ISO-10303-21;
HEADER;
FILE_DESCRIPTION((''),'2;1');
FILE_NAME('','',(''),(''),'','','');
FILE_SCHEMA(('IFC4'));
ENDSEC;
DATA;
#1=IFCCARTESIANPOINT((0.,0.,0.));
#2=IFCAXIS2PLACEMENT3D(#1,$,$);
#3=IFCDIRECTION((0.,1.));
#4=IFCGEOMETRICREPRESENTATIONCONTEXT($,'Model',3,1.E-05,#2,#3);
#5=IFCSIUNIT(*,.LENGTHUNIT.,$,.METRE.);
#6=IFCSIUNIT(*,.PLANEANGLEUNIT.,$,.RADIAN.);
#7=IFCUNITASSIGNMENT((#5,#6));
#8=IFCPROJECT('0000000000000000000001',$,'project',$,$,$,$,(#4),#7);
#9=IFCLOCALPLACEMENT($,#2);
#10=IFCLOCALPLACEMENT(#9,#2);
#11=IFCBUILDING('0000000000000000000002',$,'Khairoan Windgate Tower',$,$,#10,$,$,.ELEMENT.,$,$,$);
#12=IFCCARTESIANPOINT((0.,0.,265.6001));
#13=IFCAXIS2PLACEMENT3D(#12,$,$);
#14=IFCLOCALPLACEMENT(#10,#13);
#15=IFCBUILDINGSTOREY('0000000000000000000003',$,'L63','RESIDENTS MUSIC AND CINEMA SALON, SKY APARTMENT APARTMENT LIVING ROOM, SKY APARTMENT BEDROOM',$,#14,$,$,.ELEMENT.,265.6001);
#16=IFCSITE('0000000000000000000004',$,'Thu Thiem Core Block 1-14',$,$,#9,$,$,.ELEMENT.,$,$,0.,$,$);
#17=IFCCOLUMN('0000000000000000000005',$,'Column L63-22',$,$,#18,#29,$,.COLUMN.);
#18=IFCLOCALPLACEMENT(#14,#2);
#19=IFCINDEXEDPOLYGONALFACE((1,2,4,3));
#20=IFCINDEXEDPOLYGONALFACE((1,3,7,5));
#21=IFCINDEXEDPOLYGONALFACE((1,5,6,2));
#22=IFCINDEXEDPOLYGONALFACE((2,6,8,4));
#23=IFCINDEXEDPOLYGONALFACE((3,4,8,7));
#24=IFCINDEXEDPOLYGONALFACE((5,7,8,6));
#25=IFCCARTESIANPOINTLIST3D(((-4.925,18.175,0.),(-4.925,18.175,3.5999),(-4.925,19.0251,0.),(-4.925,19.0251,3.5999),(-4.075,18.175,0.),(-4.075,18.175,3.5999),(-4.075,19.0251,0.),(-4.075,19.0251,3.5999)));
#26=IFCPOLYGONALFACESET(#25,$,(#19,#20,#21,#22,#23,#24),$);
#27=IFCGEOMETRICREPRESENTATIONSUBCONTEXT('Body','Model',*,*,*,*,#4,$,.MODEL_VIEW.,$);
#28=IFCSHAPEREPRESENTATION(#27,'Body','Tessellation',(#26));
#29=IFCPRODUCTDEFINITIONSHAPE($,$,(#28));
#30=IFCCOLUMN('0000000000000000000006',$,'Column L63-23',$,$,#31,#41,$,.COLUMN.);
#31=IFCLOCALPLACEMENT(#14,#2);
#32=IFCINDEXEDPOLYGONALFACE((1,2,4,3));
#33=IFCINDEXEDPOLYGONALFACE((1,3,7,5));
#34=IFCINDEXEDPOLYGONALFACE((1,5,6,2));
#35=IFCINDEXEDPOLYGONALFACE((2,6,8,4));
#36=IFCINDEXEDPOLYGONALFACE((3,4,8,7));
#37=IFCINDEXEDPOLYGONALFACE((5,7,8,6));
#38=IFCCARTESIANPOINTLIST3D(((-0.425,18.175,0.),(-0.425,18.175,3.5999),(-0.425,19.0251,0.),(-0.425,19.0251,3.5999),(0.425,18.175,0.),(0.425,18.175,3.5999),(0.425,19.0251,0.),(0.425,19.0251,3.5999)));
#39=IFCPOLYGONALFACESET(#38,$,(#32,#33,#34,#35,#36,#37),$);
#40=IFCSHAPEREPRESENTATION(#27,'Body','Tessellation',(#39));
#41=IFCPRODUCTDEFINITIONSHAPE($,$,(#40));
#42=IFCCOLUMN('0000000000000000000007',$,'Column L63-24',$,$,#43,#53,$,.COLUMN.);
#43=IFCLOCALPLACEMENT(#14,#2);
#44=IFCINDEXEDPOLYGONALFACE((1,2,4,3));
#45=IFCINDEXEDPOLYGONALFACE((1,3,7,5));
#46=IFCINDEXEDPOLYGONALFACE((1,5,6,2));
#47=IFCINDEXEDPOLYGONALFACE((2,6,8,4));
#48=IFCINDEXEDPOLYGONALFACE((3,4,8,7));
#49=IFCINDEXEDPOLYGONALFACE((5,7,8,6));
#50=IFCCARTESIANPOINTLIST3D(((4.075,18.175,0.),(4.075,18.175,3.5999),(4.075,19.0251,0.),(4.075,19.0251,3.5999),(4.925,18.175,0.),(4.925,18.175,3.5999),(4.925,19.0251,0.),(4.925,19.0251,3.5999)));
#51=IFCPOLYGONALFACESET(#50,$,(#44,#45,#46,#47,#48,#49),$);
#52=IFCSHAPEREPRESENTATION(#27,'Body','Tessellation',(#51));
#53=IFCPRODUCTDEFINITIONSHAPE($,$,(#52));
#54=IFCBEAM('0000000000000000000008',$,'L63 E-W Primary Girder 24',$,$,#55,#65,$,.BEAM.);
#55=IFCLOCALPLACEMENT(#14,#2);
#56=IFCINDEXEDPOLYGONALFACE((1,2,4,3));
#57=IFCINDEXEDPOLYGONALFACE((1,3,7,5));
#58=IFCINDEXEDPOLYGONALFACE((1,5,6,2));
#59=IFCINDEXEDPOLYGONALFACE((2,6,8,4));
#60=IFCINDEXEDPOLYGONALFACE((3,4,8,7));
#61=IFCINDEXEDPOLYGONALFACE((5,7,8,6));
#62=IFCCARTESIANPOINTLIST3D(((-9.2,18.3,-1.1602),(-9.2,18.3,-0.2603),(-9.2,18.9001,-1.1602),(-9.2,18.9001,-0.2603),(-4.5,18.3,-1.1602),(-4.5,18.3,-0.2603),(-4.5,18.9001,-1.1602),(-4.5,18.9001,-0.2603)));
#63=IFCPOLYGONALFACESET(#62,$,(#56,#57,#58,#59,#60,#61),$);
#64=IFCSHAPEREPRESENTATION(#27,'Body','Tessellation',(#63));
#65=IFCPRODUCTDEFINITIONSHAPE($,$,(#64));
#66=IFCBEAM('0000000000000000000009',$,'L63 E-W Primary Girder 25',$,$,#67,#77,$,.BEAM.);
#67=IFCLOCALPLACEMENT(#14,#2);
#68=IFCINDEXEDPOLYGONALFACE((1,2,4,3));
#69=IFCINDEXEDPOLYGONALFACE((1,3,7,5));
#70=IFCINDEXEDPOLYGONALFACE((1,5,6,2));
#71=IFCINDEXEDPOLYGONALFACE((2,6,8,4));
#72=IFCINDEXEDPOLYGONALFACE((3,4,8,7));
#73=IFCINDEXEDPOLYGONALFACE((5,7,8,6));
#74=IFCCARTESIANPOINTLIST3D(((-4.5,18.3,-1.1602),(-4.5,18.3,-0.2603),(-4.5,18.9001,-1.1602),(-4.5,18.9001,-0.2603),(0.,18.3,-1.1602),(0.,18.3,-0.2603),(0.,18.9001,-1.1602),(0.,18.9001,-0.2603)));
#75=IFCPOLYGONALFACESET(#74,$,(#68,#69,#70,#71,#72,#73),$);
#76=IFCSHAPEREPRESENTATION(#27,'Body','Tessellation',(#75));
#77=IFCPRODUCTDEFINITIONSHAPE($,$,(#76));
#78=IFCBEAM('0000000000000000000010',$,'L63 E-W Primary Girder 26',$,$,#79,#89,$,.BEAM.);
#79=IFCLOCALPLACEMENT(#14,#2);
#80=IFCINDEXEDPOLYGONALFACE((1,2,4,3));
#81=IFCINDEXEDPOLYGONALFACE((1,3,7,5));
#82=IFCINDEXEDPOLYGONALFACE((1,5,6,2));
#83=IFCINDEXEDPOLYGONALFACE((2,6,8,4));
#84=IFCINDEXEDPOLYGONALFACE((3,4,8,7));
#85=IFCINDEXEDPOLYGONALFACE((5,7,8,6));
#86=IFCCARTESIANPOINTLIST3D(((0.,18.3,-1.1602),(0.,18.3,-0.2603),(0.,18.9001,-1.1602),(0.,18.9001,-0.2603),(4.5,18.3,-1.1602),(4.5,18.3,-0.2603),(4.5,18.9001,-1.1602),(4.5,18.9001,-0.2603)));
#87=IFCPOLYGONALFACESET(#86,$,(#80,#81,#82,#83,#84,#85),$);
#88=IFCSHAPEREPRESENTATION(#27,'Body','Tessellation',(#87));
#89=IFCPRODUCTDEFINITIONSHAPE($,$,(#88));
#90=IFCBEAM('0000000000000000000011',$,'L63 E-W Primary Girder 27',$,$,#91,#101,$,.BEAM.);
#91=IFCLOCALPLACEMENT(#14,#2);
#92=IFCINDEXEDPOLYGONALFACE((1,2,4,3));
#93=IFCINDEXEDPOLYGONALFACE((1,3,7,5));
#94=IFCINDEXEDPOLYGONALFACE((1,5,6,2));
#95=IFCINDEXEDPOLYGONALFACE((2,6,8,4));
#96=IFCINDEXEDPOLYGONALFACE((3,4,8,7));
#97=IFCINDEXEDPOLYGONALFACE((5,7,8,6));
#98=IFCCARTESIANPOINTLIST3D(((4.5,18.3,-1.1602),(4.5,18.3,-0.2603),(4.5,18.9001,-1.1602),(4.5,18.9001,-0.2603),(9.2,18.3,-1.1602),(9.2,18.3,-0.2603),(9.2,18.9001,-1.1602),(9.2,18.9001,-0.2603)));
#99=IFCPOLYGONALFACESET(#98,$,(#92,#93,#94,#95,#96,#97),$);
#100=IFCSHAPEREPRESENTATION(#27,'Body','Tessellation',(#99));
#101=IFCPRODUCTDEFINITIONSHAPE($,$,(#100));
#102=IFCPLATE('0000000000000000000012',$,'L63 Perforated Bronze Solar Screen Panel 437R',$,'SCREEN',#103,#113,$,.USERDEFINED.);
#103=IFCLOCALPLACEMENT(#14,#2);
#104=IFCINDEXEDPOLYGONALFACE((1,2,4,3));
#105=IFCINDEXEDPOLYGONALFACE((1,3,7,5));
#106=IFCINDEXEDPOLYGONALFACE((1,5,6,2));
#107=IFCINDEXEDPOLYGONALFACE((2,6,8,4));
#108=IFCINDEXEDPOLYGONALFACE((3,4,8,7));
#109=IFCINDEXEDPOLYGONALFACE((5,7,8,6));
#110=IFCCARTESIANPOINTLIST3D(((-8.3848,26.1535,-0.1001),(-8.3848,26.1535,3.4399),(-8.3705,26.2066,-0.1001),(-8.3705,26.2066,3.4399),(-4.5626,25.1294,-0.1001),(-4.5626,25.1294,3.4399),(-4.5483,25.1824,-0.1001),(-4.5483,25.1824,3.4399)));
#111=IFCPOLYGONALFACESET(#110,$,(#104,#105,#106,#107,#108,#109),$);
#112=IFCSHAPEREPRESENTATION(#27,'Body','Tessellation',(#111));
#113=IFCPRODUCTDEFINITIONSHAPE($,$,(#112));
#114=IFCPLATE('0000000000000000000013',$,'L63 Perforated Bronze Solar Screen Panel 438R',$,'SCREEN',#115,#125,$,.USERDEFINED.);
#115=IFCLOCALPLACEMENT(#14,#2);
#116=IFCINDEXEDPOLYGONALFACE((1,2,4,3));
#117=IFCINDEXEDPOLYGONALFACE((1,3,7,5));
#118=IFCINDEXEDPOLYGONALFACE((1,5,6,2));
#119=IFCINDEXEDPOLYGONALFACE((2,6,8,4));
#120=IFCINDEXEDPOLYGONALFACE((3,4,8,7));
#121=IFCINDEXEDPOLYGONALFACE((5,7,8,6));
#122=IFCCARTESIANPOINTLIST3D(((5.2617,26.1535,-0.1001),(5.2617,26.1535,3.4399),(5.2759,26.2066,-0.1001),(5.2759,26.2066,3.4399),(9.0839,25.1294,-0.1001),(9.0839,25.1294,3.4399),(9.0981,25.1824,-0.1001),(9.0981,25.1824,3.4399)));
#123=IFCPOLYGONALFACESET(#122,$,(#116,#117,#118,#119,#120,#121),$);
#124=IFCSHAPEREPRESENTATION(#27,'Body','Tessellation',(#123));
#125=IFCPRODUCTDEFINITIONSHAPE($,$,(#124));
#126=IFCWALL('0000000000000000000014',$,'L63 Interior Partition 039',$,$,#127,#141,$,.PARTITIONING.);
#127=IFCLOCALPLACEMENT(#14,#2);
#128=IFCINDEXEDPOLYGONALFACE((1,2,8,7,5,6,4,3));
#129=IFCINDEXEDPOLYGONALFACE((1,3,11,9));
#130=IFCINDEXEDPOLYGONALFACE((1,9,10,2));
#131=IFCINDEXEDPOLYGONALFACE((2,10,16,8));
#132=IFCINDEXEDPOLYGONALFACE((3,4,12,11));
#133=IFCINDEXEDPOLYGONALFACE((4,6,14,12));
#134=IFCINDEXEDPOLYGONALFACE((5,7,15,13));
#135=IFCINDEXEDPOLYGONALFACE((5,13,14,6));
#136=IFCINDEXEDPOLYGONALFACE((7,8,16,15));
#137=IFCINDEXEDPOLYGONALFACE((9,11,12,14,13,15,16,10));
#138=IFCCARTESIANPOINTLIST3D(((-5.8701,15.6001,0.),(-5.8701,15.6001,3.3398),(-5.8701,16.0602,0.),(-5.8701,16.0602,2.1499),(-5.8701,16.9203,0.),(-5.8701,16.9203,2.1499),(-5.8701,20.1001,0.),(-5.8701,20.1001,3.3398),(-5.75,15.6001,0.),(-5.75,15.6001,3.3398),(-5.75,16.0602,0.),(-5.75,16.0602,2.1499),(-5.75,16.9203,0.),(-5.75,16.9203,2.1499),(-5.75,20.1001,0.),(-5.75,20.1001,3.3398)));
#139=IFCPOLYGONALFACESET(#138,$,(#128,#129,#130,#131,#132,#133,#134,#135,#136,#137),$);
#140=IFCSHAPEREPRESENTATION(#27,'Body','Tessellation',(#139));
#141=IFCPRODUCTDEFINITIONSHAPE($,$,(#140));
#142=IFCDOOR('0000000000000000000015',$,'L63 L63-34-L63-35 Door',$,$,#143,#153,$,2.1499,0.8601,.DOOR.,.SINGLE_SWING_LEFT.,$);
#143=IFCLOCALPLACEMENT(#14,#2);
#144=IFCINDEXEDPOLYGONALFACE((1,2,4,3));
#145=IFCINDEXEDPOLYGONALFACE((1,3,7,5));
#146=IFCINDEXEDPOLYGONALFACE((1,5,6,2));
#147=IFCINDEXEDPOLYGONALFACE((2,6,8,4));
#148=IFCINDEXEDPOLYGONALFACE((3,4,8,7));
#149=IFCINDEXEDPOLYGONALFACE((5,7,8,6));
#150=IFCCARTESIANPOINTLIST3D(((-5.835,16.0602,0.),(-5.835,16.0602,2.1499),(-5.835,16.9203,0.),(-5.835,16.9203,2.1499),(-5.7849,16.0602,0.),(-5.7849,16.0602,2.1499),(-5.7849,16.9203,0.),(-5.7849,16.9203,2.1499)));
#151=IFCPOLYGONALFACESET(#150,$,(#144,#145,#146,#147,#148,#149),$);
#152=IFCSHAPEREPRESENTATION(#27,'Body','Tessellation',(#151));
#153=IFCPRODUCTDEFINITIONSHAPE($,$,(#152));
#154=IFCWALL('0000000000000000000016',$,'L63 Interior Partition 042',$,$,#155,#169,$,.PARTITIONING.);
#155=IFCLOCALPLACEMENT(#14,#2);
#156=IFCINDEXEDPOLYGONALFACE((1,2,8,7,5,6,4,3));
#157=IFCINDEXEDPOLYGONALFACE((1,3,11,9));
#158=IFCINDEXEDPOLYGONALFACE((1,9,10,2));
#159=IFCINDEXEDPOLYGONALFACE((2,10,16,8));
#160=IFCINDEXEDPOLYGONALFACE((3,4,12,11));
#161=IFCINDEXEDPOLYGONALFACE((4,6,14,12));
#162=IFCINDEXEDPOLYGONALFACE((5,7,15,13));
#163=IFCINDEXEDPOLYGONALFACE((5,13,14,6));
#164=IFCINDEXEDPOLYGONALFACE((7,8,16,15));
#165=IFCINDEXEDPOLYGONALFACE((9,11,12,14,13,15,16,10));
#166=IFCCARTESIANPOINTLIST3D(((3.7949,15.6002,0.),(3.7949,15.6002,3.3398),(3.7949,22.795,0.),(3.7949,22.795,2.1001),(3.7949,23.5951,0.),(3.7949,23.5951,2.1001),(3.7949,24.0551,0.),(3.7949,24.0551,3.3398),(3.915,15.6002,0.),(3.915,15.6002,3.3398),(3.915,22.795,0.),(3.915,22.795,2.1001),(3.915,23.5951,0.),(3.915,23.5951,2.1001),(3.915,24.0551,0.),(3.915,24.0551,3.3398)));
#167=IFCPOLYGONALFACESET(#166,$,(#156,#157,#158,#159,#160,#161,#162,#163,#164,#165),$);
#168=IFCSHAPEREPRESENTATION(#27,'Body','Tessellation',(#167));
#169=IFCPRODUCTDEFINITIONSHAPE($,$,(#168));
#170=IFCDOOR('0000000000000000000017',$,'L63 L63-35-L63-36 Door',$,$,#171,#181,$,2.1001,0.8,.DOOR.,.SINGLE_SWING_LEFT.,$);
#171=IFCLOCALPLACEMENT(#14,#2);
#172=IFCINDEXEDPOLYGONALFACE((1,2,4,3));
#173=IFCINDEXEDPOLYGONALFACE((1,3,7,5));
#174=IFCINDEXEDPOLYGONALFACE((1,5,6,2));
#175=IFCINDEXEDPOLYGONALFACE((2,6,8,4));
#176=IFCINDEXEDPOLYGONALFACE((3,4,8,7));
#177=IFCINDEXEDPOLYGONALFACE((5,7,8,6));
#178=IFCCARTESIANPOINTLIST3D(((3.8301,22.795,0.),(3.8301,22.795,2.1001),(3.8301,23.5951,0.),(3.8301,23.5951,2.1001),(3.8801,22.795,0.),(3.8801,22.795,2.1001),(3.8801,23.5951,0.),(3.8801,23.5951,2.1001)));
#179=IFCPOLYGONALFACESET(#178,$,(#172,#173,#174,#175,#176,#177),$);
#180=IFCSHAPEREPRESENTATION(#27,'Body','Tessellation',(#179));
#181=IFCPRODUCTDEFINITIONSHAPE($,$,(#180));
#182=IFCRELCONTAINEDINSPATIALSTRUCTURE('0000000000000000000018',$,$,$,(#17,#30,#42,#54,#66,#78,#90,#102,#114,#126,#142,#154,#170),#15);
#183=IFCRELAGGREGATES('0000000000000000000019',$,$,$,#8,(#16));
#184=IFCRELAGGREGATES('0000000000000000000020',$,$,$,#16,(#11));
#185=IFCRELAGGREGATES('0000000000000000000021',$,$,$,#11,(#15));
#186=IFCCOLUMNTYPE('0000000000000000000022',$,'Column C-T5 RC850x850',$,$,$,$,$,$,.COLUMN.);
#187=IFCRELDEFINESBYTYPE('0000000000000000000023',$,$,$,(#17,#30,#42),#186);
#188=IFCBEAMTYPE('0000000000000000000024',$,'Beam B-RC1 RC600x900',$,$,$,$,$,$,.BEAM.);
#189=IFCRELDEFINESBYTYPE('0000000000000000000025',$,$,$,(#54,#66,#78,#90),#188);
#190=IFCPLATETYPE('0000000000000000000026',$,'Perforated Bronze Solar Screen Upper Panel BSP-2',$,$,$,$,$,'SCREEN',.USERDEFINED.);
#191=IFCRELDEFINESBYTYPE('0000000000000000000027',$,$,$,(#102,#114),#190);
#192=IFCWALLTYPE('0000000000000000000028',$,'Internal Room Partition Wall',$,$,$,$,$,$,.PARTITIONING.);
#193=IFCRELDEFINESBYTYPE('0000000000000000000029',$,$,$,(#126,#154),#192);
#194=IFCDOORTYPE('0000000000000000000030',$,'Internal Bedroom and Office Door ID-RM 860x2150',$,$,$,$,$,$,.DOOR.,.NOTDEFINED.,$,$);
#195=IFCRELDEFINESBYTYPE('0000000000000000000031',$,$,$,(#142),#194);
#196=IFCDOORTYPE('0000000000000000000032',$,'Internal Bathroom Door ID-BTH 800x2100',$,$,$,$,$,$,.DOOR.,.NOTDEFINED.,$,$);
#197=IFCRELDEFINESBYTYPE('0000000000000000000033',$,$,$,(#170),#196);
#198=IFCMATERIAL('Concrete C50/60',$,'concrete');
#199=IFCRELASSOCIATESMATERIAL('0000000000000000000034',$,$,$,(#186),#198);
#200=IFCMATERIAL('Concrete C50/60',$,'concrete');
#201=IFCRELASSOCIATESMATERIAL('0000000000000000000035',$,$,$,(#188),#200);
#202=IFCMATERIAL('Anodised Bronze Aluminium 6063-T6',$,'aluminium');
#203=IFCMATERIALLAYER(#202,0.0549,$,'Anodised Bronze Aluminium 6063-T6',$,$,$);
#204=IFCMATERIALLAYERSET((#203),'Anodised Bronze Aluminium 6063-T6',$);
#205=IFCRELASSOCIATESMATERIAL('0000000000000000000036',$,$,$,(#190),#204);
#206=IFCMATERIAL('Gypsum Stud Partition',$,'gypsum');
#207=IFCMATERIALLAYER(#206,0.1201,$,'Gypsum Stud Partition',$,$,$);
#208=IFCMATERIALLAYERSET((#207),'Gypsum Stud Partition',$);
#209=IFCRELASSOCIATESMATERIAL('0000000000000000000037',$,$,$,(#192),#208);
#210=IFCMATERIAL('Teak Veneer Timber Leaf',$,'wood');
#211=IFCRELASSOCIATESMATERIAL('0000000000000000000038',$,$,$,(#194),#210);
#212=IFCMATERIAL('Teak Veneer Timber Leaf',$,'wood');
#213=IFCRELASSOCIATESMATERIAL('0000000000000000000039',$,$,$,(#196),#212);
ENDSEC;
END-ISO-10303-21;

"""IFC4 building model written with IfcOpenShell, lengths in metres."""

from ifc_helpers import new_model, si_unit, direction, frame, frame_2d, origin, origin_2d, place, context, subcontext, project, spatial, rectangle, extrude, material, layer, layer_set, material_profile, profile_set, type_object, element, fill, save


model = new_model("IFC4")

# Units and contexts
model_context = context("Model", 3, precision=1e-05, world=origin(), true_north=direction((0.0, 1.0)))
body_context = subcontext(model_context, "Body", "Model", "MODEL_VIEW")
ifc_project = project(units=[si_unit("LENGTHUNIT", "METRE"), si_unit("PLANEANGLEUNIT", "RADIAN")], contexts=[model_context])

# Site, building, storey
site_placement = place(None, origin())
site = spatial("IfcSite", under=ifc_project, at=site_placement, Name="Thu Thiem Core Block 1-14", CompositionType="ELEMENT", RefElevation=0.0)
building_placement = place(site_placement, origin())
building = spatial("IfcBuilding", under=site, at=building_placement, Name="Khairoan Windgate Tower", CompositionType="ELEMENT")
storey_placement = place(building_placement, frame((0.0, 0.0, 265.6001)))
storey = spatial("IfcBuildingStorey", under=building, at=storey_placement, Name="L63", Description="RESIDENTS MUSIC AND CINEMA SALON, SKY APARTMENT APARTMENT LIVING ROOM, SKY APARTMENT BEDROOM", CompositionType="ELEMENT", Elevation=265.6001)

# Columns
ifc_material_1 = material(Name="Concrete C50/60", Category="concrete")
ifc_material_profile_1 = material_profile(ifc_material_1, rectangle(XDim=0.8501, YDim=0.8501, at=origin_2d()))
ifc_profile_set_1 = profile_set([ifc_material_profile_1], Name="Concrete C50/60")
column_type = type_object("IfcColumnType", Name="Column C-T5 RC850x850", PredefinedType="COLUMN", material=ifc_profile_set_1)
for number, where, z_axis, x_axis, name in (
    (1, (-4.5, 18.6001, 0.0), (0.0, 0.0, 1.0), (1.0, 0.0, 0.0), "Column L63-22"),
    (2, (0.0, 18.6001, 0.0), (0.0, 0.0, 1.0), (1.0, 0.0, 0.0), "Column L63-23"),
    (3, (4.5, 18.6001, 0.0), (0.0, 0.0, 1.0), (1.0, 0.0, 0.0), "Column L63-24"),
):
    element("IfcColumn", number, at=place(storey_placement, frame(where, z_axis=z_axis, x_axis=x_axis)), inside=storey, type_object=column_type, Name=name, PredefinedType="COLUMN", context=body_context, shape_type="SweptSolid", body=[
        extrude(rectangle(XDim=0.8501, YDim=0.8501, at=origin_2d()), origin(), (0.0, 0.0, 1.0), 3.5999),
    ])

# Beams
ifc_material_2 = material(Name="Concrete C50/60", Category="concrete")
ifc_material_profile_2 = material_profile(ifc_material_2, rectangle(XDim=0.6001, YDim=0.8999, at=origin_2d()))
ifc_profile_set_2 = profile_set([ifc_material_profile_2], Name="Concrete C50/60")
beam_type = type_object("IfcBeamType", Name="Beam B-RC1 RC600x900", PredefinedType="BEAM", material=ifc_profile_set_2)
beam_1_placement = place(storey_placement, frame((-9.2, 18.6001, -0.7102), z_axis=(1.0, 0.0, 0.0), x_axis=(0.0, 1.0, 0.0)))
element("IfcBeam", 4, at=beam_1_placement, inside=storey, type_object=beam_type, Name="L63 E-W Primary Girder 24", PredefinedType="BEAM", context=body_context, shape_type="SweptSolid", body=[
    extrude(rectangle(XDim=0.6001, YDim=0.8999, at=origin_2d()), origin(), (0.0, 0.0, 1.0), 4.7),
])
for number, where, z_axis, x_axis, name in (
    (5, (-4.5, 18.6001, -0.7102), (1.0, 0.0, 0.0), (0.0, 1.0, 0.0), "L63 E-W Primary Girder 25"),
    (6, (0.0, 18.6001, -0.7102), (1.0, 0.0, 0.0), (0.0, 1.0, 0.0), "L63 E-W Primary Girder 26"),
):
    element("IfcBeam", number, at=place(storey_placement, frame(where, z_axis=z_axis, x_axis=x_axis)), inside=storey, type_object=beam_type, Name=name, PredefinedType="BEAM", context=body_context, shape_type="SweptSolid", body=[
        extrude(rectangle(XDim=0.6001, YDim=0.8999, at=origin_2d()), origin(), (0.0, 0.0, 1.0), 4.5),
    ])
beam_2_placement = place(storey_placement, frame((4.5, 18.6001, -0.7102), z_axis=(1.0, 0.0, 0.0), x_axis=(0.0, 1.0, 0.0)))
element("IfcBeam", 7, at=beam_2_placement, inside=storey, type_object=beam_type, Name="L63 E-W Primary Girder 27", PredefinedType="BEAM", context=body_context, shape_type="SweptSolid", body=[
    extrude(rectangle(XDim=0.6001, YDim=0.8999, at=origin_2d()), origin(), (0.0, 0.0, 1.0), 4.7),
])

# Plates
ifc_material_3 = material(Name="Anodised Bronze Aluminium 6063-T6", Category="aluminium")
ifc_layer_1 = layer(ifc_material_3, 0.0549, Name="Anodised Bronze Aluminium 6063-T6")
ifc_layer_set_1 = layer_set([ifc_layer_1], Name="Anodised Bronze Aluminium 6063-T6")
plate_type = type_object("IfcPlateType", Name="Perforated Bronze Solar Screen Upper Panel BSP-2", ElementType="SCREEN", PredefinedType="USERDEFINED", material=ifc_layer_set_1)
for number, where, z_axis, x_axis, name in (
    (8, (-6.4666, 25.668, -0.1001), (0.0, 0.0, 1.0), (0.965926, -0.258819, 0.0), "L63 Perforated Bronze Solar Screen Panel 437R"),
    (9, (7.1799, 25.668, -0.1001), (0.0, 0.0, 1.0), (0.965926, -0.258819, 0.0), "L63 Perforated Bronze Solar Screen Panel 438R"),
):
    element("IfcPlate", number, at=place(storey_placement, frame(where, z_axis=z_axis, x_axis=x_axis)), inside=storey, type_object=plate_type, Name=name, ObjectType="SCREEN", PredefinedType="USERDEFINED", context=body_context, shape_type="SweptSolid", body=[
        extrude(rectangle(XDim=3.957, YDim=0.0549, at=origin_2d()), origin(), (0.0, 0.0, 1.0), 3.54),
    ])

# Walls, openings, doors
ifc_material_4 = material(Name="Gypsum Stud Partition", Category="gypsum")
ifc_layer_2 = layer(ifc_material_4, 0.1201, Name="Gypsum Stud Partition")
ifc_layer_set_2 = layer_set([ifc_layer_2], Name="Gypsum Stud Partition")
wall_type_1 = type_object("IfcWallType", Name="Internal Room Partition Wall", PredefinedType="PARTITIONING", material=ifc_layer_set_2)
wall_1_placement = place(storey_placement, frame((-5.8101, 15.6001, 0.0), z_axis=(0.0, 0.0, 1.0), x_axis=(0.0, 1.0, 0.0)))
wall_1 = element("IfcWall", 10, at=wall_1_placement, inside=storey, type_object=wall_type_1, Name="L63 Interior Partition 039", PredefinedType="PARTITIONING", context=body_context, shape_type="SweptSolid", body=[
    extrude(rectangle(XDim=4.5, YDim=0.1201, at=frame_2d((2.25, 0.0))), origin(), (0.0, 0.0, 1.0), 3.3398),
])
opening_1_placement = place(wall_1_placement, frame((0.46, 0.0, 0.0)))
opening_1 = element("IfcOpeningElement", 11, at=opening_1_placement, cuts=wall_1, PredefinedType="OPENING", context=body_context, shape_type="SweptSolid", body=[
    extrude(rectangle(XDim=0.8601, YDim=2.1499, at=frame_2d((0.4302, 1.075))), frame((0.0, 0.0701, 0.0), z_axis=(0.0, -1.0, 0.0), x_axis=(1.0, 0.0, 0.0)), (0.0, 0.0, 1.0), 0.1401),
])
ifc_material_5 = material(Name="Teak Veneer Timber Leaf", Category="wood")
door_type_1 = type_object("IfcDoorType", Name="Internal Bedroom and Office Door ID-RM 860x2150", OperationType="NOTDEFINED", PredefinedType="DOOR", material=ifc_material_5)
door_1_placement = place(opening_1_placement, origin())
door_1 = element("IfcDoor", 12, at=door_1_placement, inside=storey, type_object=door_type_1, Name="L63 L63-34-L63-35 Door", OperationType="SINGLE_SWING_LEFT", OverallHeight=2.1499, OverallWidth=0.8601, PredefinedType="DOOR", context=body_context, shape_type="SweptSolid", body=[
    extrude(rectangle(XDim=0.8601, YDim=2.1499, at=frame_2d((0.4302, 1.075))), frame((0.0, 0.0249, 0.0), z_axis=(0.0, -1.0, 0.0), x_axis=(1.0, 0.0, 0.0)), (0.0, 0.0, 1.0), 0.05),
])
fill(opening_1, door_1)
wall_2_placement = place(storey_placement, frame((3.855, 15.6001, 0.0), z_axis=(0.0, 0.0, 1.0), x_axis=(0.0, 1.0, 0.0)))
wall_2 = element("IfcWall", 13, at=wall_2_placement, inside=storey, type_object=wall_type_1, Name="L63 Interior Partition 042", PredefinedType="PARTITIONING", context=body_context, shape_type="SweptSolid", body=[
    extrude(rectangle(XDim=8.4548, YDim=0.1201, at=frame_2d((4.2275, 0.0))), origin(), (0.0, 0.0, 1.0), 3.3398),
])
opening_2_placement = place(wall_2_placement, frame((7.1951, 0.0, 0.0)))
opening_2 = element("IfcOpeningElement", 14, at=opening_2_placement, cuts=wall_2, PredefinedType="OPENING", context=body_context, shape_type="SweptSolid", body=[
    extrude(rectangle(XDim=0.8, YDim=2.1001, at=frame_2d((0.3999, 1.05))), frame((0.0, 0.0701, 0.0), z_axis=(0.0, -1.0, 0.0), x_axis=(1.0, 0.0, 0.0)), (0.0, 0.0, 1.0), 0.1401),
])
ifc_material_6 = material(Name="Teak Veneer Timber Leaf", Category="wood")
door_type_2 = type_object("IfcDoorType", Name="Internal Bathroom Door ID-BTH 800x2100", OperationType="NOTDEFINED", PredefinedType="DOOR", material=ifc_material_6)
door_2_placement = place(opening_2_placement, origin())
door_2 = element("IfcDoor", 15, at=door_2_placement, inside=storey, type_object=door_type_2, Name="L63 L63-35-L63-36 Door", OperationType="SINGLE_SWING_LEFT", OverallHeight=2.1001, OverallWidth=0.8, PredefinedType="DOOR", context=body_context, shape_type="SweptSolid", body=[
    extrude(rectangle(XDim=0.8, YDim=2.1001, at=frame_2d((0.3999, 1.05))), frame((0.0, 0.0249, 0.0), z_axis=(0.0, -1.0, 0.0), x_axis=(1.0, 0.0, 0.0)), (0.0, 0.0, 1.0), 0.05),
])
fill(opening_2, door_2)

save(model, "model.ifc")
